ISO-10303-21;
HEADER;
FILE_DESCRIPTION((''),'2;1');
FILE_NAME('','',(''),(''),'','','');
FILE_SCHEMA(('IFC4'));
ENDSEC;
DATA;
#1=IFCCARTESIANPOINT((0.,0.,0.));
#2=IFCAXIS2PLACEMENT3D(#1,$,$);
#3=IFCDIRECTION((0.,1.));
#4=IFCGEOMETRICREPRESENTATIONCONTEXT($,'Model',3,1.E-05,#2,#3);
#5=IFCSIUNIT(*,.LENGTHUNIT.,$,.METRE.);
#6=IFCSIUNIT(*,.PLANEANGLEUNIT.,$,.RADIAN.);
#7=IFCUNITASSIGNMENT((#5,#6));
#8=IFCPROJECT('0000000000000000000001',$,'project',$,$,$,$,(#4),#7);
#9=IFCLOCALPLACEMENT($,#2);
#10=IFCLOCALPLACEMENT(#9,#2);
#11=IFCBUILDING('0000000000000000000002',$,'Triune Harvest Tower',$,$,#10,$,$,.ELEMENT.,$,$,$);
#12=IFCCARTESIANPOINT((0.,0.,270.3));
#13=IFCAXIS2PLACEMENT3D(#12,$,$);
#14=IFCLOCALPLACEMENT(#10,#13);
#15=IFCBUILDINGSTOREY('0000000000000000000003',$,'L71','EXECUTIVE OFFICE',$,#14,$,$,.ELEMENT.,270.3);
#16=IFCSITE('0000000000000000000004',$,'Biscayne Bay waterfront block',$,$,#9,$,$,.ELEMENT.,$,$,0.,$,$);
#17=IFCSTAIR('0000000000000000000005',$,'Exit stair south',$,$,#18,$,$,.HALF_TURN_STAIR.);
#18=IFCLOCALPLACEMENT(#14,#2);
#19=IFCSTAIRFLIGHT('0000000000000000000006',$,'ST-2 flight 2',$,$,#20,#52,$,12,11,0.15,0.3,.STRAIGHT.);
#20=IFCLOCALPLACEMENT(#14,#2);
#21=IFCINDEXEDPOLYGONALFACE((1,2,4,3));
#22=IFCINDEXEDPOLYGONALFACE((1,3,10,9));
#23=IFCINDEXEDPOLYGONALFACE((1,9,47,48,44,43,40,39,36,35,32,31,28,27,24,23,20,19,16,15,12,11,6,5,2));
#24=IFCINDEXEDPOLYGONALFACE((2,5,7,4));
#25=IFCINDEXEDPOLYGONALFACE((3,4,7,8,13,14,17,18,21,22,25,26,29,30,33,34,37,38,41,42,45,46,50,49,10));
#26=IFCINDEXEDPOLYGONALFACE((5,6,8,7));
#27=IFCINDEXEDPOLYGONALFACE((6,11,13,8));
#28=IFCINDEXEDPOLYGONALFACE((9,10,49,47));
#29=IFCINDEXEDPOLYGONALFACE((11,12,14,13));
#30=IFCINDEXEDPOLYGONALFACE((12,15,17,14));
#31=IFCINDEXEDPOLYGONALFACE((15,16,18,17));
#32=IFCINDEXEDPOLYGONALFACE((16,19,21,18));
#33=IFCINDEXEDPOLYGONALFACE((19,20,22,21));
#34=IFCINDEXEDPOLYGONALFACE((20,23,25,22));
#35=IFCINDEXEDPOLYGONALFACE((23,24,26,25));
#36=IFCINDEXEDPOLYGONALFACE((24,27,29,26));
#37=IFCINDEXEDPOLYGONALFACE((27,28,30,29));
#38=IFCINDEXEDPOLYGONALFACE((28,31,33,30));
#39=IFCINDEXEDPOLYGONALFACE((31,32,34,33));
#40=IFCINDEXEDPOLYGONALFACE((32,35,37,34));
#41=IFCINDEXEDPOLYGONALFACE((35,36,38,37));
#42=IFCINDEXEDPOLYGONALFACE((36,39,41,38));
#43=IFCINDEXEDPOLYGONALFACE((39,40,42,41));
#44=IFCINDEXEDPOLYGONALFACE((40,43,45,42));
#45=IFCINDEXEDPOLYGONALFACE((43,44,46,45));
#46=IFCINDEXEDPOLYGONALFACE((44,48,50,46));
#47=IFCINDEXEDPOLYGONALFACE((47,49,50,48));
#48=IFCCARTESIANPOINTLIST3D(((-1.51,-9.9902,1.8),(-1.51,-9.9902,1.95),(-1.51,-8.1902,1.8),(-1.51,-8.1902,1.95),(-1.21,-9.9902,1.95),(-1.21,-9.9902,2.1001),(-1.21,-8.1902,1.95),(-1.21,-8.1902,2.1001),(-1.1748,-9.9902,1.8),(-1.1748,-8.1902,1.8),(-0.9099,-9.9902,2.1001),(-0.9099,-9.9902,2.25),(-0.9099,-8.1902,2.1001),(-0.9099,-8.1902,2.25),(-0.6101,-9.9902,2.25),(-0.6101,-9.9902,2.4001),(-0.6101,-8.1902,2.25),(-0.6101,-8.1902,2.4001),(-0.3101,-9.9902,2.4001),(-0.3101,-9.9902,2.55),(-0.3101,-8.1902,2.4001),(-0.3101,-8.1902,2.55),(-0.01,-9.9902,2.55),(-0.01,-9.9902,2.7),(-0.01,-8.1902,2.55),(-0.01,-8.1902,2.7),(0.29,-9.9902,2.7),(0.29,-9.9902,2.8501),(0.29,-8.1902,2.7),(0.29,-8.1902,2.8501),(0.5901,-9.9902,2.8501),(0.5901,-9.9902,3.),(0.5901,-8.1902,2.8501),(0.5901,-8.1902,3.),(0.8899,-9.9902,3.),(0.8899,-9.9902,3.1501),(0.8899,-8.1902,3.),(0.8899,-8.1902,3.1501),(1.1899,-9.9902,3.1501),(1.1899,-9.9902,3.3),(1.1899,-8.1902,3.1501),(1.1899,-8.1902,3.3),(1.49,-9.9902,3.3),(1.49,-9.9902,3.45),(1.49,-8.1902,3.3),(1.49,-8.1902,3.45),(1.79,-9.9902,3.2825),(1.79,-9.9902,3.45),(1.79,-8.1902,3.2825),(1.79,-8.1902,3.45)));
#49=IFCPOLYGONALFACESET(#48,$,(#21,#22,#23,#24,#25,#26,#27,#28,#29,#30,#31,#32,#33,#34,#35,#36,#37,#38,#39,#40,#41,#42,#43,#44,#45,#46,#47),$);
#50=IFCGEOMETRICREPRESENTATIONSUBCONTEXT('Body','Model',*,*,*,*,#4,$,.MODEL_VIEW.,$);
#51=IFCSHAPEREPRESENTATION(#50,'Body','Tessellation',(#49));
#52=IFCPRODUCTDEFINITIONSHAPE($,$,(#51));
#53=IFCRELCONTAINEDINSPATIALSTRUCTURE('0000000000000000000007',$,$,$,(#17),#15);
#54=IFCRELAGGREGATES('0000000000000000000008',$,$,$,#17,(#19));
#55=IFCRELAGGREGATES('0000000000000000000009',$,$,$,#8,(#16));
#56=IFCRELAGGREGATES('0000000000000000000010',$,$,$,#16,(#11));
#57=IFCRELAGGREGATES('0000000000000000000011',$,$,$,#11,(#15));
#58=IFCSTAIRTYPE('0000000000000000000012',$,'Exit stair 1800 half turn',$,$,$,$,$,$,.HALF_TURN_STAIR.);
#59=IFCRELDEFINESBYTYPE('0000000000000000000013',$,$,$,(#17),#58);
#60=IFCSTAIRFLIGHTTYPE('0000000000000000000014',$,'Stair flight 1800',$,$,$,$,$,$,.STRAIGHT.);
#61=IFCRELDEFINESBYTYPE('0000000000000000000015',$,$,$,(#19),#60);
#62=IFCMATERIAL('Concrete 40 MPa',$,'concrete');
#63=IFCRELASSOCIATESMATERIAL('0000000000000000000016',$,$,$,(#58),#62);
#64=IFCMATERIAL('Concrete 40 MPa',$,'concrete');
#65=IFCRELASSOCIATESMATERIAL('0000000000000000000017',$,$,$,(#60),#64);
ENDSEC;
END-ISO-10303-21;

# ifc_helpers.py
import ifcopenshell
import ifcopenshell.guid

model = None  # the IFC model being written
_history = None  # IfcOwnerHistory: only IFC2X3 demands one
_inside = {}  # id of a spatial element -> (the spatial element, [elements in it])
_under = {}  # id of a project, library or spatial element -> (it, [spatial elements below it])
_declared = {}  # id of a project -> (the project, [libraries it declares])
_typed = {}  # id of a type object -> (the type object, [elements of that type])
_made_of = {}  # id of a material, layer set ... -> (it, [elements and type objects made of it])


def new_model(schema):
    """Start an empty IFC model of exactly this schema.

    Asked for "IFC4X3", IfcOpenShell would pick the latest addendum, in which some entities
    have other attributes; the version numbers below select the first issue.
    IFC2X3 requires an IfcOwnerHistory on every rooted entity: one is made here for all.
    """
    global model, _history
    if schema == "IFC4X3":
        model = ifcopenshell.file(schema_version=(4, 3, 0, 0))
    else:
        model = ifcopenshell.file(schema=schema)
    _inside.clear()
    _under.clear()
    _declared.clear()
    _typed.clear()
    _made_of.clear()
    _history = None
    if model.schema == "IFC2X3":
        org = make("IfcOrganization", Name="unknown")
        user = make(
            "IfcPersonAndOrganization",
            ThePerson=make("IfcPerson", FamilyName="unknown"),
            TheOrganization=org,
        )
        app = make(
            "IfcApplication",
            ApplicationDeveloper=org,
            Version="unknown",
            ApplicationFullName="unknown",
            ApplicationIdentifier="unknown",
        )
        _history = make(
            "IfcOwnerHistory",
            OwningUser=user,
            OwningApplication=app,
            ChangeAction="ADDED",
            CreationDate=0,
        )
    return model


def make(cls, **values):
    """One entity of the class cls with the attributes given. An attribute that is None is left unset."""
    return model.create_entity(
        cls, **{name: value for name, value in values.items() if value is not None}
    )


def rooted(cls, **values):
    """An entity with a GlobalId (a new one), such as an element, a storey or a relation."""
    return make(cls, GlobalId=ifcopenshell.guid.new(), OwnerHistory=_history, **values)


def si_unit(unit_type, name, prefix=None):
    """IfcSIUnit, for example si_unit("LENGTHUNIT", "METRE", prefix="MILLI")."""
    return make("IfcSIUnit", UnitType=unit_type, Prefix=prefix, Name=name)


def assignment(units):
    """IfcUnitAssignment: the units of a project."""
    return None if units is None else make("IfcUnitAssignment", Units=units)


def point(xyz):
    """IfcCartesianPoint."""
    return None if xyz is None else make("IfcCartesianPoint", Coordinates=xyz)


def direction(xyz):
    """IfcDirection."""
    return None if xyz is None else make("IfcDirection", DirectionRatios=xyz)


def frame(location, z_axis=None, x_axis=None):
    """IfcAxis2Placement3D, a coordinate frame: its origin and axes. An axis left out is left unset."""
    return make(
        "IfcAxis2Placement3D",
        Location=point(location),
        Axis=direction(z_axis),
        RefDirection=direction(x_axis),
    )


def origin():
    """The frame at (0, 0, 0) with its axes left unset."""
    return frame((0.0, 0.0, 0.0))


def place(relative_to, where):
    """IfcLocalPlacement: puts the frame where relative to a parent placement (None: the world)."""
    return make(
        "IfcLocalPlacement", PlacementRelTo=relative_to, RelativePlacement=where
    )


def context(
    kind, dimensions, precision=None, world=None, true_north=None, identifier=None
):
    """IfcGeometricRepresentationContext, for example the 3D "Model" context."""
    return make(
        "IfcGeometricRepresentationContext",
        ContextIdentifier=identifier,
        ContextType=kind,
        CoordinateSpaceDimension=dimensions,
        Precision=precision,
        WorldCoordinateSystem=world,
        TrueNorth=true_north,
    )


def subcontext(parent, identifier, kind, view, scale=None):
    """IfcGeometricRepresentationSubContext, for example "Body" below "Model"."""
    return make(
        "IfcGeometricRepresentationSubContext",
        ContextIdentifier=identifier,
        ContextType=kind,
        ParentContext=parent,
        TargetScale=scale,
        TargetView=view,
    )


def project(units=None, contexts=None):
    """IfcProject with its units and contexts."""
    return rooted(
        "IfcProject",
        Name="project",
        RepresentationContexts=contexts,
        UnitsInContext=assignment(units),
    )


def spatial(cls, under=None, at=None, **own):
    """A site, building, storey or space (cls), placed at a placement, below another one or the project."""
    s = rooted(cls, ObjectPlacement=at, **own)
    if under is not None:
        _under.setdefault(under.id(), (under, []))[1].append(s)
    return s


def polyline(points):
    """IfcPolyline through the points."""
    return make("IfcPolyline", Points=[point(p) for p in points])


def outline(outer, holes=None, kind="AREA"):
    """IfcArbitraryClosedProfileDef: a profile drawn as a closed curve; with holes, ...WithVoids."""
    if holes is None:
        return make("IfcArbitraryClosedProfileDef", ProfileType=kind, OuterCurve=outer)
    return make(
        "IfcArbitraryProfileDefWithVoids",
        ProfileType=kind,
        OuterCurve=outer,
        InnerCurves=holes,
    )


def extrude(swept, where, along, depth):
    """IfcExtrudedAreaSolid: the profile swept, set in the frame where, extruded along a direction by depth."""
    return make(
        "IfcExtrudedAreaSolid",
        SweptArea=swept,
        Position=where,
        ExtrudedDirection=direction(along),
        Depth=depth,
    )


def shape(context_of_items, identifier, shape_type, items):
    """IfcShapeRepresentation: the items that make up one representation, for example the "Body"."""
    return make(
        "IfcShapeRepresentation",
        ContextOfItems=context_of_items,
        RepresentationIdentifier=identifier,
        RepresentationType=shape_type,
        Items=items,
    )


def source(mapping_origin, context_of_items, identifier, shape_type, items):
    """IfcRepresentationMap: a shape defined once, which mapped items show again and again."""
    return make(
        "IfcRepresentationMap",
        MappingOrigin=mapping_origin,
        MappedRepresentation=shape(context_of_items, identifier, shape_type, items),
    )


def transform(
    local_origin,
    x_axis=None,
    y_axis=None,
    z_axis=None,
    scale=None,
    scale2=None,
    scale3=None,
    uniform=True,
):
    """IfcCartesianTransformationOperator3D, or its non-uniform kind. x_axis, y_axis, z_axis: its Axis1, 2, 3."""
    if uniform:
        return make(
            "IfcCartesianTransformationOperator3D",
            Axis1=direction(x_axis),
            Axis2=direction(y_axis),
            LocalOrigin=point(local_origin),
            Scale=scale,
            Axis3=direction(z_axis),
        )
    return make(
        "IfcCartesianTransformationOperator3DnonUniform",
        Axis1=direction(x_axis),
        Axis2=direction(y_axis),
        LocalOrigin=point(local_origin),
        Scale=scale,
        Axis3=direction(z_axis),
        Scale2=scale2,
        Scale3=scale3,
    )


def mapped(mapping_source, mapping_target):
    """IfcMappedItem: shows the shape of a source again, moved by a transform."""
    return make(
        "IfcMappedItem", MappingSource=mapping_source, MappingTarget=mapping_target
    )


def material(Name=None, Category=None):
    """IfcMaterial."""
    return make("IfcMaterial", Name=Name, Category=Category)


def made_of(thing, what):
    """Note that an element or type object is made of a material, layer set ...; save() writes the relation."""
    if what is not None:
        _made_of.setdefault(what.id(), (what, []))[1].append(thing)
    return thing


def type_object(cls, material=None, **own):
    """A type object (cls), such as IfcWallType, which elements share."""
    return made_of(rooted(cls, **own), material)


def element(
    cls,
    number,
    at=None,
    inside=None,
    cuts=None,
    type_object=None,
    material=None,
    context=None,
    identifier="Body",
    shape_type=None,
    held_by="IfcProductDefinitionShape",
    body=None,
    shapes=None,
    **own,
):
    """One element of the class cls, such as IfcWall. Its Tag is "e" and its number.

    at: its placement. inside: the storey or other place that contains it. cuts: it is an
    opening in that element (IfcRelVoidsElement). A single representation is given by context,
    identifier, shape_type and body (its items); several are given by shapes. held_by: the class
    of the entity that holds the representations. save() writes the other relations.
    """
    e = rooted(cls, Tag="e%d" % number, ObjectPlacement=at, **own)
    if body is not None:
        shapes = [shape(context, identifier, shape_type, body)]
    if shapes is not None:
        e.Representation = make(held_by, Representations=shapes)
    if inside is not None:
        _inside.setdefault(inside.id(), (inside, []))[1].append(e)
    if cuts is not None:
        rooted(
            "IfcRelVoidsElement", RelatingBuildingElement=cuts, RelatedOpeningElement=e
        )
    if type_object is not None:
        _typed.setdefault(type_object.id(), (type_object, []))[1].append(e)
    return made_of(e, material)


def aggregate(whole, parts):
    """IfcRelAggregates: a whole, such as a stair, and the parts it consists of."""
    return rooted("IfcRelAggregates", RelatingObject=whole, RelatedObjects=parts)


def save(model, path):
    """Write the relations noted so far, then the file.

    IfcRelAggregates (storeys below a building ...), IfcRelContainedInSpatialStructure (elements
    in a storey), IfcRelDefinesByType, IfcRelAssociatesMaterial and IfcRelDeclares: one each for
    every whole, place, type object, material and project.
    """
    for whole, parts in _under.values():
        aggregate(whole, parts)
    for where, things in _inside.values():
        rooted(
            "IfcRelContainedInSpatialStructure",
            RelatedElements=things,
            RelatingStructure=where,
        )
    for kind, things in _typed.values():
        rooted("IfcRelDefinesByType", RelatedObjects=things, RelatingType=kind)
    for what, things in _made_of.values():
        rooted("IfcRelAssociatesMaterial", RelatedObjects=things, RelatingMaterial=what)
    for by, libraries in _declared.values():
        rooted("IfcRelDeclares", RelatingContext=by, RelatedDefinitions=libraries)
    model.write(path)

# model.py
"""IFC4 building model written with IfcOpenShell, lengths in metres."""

from ifc_helpers import new_model, si_unit, direction, frame, origin, place, context, subcontext, project, spatial, polyline, outline, extrude, source, transform, mapped, material, type_object, element, aggregate, save


model = new_model("IFC4")

# Units and contexts
model_context = context("Model", 3, precision=1e-05, world=origin(), true_north=direction((0.0, 1.0)))
body_context = subcontext(model_context, "Body", "Model", "MODEL_VIEW")
ifc_project = project(units=[si_unit("LENGTHUNIT", "METRE"), si_unit("PLANEANGLEUNIT", "RADIAN")], contexts=[model_context])

# Site, building, storey
site_placement = place(None, origin())
site = spatial("IfcSite", under=ifc_project, at=site_placement, Name="Biscayne Bay waterfront block", CompositionType="ELEMENT", RefElevation=0.0)
building_placement = place(site_placement, origin())
building = spatial("IfcBuilding", under=site, at=building_placement, Name="Triune Harvest Tower", CompositionType="ELEMENT")
storey_placement = place(building_placement, frame((0.0, 0.0, 270.3)))
storey = spatial("IfcBuildingStorey", under=building, at=storey_placement, Name="L71", Description="EXECUTIVE OFFICE", CompositionType="ELEMENT", Elevation=270.3)

# Stair, stair flight
ifc_material_1 = material(Name="Concrete 40 MPa", Category="concrete")
stair_type = type_object("IfcStairType", Name="Exit stair 1800 half turn", PredefinedType="HALF_TURN_STAIR", material=ifc_material_1)
stair_placement = place(storey_placement, origin())
stair = element("IfcStair", 1, at=stair_placement, inside=storey, type_object=stair_type, Name="Exit stair south", PredefinedType="HALF_TURN_STAIR")
ifc_material_2 = material(Name="Concrete 40 MPa", Category="concrete")
stair_flight_type = type_object("IfcStairFlightType", Name="Stair flight 1800", PredefinedType="STRAIGHT", material=ifc_material_2)
shared_shape_1 = source(origin(), body_context, "Body", "SweptSolid", [
    extrude(outline(polyline([(0.0, 0.0), (0.0, 0.1499), (0.3, 0.1499), (0.3, 0.3), (0.6001, 0.3), (0.6001, 0.45), (0.8999, 0.45), (0.8999, 0.6001), (1.2, 0.6001), (1.2, 0.75), (1.5, 0.75), (1.5, 0.8999), (1.8, 0.8999), (1.8, 1.05), (2.1001, 1.05), (2.1001, 1.2), (2.3999, 1.2), (2.3999, 1.3501), (2.7, 1.3501), (2.7, 1.5), (3.0, 1.5), (3.0, 1.6499), (3.3, 1.6499), (3.3, 1.8), (3.3, 1.4824), (0.3352, 0.0), (0.0, 0.0)])), frame((0.0, 0.8999, 0.0), z_axis=(0.0, -1.0, 0.0), x_axis=(1.0, 0.0, 0.0)), (0.0, 0.0, 1.0), 1.8),
])
stair_flight_placement = place(storey_placement, frame((-1.51, -9.0901, 1.8), z_axis=(0.0, 0.0, 1.0), x_axis=(1.0, 0.0, 0.0)))
stair_flight = element("IfcStairFlight", 2, at=stair_flight_placement, type_object=stair_flight_type, Name="ST-2 flight 2", NumberOfRisers=12, NumberOfTreads=11, PredefinedType="STRAIGHT", RiserHeight=0.15, TreadLength=0.3, context=body_context, shape_type="MappedRepresentation", body=[
    mapped(shared_shape_1, transform((0.0, 0.0, 0.0), scale=1.0)),
])
aggregate(stair, [stair_flight])

save(model, "model.ifc")
